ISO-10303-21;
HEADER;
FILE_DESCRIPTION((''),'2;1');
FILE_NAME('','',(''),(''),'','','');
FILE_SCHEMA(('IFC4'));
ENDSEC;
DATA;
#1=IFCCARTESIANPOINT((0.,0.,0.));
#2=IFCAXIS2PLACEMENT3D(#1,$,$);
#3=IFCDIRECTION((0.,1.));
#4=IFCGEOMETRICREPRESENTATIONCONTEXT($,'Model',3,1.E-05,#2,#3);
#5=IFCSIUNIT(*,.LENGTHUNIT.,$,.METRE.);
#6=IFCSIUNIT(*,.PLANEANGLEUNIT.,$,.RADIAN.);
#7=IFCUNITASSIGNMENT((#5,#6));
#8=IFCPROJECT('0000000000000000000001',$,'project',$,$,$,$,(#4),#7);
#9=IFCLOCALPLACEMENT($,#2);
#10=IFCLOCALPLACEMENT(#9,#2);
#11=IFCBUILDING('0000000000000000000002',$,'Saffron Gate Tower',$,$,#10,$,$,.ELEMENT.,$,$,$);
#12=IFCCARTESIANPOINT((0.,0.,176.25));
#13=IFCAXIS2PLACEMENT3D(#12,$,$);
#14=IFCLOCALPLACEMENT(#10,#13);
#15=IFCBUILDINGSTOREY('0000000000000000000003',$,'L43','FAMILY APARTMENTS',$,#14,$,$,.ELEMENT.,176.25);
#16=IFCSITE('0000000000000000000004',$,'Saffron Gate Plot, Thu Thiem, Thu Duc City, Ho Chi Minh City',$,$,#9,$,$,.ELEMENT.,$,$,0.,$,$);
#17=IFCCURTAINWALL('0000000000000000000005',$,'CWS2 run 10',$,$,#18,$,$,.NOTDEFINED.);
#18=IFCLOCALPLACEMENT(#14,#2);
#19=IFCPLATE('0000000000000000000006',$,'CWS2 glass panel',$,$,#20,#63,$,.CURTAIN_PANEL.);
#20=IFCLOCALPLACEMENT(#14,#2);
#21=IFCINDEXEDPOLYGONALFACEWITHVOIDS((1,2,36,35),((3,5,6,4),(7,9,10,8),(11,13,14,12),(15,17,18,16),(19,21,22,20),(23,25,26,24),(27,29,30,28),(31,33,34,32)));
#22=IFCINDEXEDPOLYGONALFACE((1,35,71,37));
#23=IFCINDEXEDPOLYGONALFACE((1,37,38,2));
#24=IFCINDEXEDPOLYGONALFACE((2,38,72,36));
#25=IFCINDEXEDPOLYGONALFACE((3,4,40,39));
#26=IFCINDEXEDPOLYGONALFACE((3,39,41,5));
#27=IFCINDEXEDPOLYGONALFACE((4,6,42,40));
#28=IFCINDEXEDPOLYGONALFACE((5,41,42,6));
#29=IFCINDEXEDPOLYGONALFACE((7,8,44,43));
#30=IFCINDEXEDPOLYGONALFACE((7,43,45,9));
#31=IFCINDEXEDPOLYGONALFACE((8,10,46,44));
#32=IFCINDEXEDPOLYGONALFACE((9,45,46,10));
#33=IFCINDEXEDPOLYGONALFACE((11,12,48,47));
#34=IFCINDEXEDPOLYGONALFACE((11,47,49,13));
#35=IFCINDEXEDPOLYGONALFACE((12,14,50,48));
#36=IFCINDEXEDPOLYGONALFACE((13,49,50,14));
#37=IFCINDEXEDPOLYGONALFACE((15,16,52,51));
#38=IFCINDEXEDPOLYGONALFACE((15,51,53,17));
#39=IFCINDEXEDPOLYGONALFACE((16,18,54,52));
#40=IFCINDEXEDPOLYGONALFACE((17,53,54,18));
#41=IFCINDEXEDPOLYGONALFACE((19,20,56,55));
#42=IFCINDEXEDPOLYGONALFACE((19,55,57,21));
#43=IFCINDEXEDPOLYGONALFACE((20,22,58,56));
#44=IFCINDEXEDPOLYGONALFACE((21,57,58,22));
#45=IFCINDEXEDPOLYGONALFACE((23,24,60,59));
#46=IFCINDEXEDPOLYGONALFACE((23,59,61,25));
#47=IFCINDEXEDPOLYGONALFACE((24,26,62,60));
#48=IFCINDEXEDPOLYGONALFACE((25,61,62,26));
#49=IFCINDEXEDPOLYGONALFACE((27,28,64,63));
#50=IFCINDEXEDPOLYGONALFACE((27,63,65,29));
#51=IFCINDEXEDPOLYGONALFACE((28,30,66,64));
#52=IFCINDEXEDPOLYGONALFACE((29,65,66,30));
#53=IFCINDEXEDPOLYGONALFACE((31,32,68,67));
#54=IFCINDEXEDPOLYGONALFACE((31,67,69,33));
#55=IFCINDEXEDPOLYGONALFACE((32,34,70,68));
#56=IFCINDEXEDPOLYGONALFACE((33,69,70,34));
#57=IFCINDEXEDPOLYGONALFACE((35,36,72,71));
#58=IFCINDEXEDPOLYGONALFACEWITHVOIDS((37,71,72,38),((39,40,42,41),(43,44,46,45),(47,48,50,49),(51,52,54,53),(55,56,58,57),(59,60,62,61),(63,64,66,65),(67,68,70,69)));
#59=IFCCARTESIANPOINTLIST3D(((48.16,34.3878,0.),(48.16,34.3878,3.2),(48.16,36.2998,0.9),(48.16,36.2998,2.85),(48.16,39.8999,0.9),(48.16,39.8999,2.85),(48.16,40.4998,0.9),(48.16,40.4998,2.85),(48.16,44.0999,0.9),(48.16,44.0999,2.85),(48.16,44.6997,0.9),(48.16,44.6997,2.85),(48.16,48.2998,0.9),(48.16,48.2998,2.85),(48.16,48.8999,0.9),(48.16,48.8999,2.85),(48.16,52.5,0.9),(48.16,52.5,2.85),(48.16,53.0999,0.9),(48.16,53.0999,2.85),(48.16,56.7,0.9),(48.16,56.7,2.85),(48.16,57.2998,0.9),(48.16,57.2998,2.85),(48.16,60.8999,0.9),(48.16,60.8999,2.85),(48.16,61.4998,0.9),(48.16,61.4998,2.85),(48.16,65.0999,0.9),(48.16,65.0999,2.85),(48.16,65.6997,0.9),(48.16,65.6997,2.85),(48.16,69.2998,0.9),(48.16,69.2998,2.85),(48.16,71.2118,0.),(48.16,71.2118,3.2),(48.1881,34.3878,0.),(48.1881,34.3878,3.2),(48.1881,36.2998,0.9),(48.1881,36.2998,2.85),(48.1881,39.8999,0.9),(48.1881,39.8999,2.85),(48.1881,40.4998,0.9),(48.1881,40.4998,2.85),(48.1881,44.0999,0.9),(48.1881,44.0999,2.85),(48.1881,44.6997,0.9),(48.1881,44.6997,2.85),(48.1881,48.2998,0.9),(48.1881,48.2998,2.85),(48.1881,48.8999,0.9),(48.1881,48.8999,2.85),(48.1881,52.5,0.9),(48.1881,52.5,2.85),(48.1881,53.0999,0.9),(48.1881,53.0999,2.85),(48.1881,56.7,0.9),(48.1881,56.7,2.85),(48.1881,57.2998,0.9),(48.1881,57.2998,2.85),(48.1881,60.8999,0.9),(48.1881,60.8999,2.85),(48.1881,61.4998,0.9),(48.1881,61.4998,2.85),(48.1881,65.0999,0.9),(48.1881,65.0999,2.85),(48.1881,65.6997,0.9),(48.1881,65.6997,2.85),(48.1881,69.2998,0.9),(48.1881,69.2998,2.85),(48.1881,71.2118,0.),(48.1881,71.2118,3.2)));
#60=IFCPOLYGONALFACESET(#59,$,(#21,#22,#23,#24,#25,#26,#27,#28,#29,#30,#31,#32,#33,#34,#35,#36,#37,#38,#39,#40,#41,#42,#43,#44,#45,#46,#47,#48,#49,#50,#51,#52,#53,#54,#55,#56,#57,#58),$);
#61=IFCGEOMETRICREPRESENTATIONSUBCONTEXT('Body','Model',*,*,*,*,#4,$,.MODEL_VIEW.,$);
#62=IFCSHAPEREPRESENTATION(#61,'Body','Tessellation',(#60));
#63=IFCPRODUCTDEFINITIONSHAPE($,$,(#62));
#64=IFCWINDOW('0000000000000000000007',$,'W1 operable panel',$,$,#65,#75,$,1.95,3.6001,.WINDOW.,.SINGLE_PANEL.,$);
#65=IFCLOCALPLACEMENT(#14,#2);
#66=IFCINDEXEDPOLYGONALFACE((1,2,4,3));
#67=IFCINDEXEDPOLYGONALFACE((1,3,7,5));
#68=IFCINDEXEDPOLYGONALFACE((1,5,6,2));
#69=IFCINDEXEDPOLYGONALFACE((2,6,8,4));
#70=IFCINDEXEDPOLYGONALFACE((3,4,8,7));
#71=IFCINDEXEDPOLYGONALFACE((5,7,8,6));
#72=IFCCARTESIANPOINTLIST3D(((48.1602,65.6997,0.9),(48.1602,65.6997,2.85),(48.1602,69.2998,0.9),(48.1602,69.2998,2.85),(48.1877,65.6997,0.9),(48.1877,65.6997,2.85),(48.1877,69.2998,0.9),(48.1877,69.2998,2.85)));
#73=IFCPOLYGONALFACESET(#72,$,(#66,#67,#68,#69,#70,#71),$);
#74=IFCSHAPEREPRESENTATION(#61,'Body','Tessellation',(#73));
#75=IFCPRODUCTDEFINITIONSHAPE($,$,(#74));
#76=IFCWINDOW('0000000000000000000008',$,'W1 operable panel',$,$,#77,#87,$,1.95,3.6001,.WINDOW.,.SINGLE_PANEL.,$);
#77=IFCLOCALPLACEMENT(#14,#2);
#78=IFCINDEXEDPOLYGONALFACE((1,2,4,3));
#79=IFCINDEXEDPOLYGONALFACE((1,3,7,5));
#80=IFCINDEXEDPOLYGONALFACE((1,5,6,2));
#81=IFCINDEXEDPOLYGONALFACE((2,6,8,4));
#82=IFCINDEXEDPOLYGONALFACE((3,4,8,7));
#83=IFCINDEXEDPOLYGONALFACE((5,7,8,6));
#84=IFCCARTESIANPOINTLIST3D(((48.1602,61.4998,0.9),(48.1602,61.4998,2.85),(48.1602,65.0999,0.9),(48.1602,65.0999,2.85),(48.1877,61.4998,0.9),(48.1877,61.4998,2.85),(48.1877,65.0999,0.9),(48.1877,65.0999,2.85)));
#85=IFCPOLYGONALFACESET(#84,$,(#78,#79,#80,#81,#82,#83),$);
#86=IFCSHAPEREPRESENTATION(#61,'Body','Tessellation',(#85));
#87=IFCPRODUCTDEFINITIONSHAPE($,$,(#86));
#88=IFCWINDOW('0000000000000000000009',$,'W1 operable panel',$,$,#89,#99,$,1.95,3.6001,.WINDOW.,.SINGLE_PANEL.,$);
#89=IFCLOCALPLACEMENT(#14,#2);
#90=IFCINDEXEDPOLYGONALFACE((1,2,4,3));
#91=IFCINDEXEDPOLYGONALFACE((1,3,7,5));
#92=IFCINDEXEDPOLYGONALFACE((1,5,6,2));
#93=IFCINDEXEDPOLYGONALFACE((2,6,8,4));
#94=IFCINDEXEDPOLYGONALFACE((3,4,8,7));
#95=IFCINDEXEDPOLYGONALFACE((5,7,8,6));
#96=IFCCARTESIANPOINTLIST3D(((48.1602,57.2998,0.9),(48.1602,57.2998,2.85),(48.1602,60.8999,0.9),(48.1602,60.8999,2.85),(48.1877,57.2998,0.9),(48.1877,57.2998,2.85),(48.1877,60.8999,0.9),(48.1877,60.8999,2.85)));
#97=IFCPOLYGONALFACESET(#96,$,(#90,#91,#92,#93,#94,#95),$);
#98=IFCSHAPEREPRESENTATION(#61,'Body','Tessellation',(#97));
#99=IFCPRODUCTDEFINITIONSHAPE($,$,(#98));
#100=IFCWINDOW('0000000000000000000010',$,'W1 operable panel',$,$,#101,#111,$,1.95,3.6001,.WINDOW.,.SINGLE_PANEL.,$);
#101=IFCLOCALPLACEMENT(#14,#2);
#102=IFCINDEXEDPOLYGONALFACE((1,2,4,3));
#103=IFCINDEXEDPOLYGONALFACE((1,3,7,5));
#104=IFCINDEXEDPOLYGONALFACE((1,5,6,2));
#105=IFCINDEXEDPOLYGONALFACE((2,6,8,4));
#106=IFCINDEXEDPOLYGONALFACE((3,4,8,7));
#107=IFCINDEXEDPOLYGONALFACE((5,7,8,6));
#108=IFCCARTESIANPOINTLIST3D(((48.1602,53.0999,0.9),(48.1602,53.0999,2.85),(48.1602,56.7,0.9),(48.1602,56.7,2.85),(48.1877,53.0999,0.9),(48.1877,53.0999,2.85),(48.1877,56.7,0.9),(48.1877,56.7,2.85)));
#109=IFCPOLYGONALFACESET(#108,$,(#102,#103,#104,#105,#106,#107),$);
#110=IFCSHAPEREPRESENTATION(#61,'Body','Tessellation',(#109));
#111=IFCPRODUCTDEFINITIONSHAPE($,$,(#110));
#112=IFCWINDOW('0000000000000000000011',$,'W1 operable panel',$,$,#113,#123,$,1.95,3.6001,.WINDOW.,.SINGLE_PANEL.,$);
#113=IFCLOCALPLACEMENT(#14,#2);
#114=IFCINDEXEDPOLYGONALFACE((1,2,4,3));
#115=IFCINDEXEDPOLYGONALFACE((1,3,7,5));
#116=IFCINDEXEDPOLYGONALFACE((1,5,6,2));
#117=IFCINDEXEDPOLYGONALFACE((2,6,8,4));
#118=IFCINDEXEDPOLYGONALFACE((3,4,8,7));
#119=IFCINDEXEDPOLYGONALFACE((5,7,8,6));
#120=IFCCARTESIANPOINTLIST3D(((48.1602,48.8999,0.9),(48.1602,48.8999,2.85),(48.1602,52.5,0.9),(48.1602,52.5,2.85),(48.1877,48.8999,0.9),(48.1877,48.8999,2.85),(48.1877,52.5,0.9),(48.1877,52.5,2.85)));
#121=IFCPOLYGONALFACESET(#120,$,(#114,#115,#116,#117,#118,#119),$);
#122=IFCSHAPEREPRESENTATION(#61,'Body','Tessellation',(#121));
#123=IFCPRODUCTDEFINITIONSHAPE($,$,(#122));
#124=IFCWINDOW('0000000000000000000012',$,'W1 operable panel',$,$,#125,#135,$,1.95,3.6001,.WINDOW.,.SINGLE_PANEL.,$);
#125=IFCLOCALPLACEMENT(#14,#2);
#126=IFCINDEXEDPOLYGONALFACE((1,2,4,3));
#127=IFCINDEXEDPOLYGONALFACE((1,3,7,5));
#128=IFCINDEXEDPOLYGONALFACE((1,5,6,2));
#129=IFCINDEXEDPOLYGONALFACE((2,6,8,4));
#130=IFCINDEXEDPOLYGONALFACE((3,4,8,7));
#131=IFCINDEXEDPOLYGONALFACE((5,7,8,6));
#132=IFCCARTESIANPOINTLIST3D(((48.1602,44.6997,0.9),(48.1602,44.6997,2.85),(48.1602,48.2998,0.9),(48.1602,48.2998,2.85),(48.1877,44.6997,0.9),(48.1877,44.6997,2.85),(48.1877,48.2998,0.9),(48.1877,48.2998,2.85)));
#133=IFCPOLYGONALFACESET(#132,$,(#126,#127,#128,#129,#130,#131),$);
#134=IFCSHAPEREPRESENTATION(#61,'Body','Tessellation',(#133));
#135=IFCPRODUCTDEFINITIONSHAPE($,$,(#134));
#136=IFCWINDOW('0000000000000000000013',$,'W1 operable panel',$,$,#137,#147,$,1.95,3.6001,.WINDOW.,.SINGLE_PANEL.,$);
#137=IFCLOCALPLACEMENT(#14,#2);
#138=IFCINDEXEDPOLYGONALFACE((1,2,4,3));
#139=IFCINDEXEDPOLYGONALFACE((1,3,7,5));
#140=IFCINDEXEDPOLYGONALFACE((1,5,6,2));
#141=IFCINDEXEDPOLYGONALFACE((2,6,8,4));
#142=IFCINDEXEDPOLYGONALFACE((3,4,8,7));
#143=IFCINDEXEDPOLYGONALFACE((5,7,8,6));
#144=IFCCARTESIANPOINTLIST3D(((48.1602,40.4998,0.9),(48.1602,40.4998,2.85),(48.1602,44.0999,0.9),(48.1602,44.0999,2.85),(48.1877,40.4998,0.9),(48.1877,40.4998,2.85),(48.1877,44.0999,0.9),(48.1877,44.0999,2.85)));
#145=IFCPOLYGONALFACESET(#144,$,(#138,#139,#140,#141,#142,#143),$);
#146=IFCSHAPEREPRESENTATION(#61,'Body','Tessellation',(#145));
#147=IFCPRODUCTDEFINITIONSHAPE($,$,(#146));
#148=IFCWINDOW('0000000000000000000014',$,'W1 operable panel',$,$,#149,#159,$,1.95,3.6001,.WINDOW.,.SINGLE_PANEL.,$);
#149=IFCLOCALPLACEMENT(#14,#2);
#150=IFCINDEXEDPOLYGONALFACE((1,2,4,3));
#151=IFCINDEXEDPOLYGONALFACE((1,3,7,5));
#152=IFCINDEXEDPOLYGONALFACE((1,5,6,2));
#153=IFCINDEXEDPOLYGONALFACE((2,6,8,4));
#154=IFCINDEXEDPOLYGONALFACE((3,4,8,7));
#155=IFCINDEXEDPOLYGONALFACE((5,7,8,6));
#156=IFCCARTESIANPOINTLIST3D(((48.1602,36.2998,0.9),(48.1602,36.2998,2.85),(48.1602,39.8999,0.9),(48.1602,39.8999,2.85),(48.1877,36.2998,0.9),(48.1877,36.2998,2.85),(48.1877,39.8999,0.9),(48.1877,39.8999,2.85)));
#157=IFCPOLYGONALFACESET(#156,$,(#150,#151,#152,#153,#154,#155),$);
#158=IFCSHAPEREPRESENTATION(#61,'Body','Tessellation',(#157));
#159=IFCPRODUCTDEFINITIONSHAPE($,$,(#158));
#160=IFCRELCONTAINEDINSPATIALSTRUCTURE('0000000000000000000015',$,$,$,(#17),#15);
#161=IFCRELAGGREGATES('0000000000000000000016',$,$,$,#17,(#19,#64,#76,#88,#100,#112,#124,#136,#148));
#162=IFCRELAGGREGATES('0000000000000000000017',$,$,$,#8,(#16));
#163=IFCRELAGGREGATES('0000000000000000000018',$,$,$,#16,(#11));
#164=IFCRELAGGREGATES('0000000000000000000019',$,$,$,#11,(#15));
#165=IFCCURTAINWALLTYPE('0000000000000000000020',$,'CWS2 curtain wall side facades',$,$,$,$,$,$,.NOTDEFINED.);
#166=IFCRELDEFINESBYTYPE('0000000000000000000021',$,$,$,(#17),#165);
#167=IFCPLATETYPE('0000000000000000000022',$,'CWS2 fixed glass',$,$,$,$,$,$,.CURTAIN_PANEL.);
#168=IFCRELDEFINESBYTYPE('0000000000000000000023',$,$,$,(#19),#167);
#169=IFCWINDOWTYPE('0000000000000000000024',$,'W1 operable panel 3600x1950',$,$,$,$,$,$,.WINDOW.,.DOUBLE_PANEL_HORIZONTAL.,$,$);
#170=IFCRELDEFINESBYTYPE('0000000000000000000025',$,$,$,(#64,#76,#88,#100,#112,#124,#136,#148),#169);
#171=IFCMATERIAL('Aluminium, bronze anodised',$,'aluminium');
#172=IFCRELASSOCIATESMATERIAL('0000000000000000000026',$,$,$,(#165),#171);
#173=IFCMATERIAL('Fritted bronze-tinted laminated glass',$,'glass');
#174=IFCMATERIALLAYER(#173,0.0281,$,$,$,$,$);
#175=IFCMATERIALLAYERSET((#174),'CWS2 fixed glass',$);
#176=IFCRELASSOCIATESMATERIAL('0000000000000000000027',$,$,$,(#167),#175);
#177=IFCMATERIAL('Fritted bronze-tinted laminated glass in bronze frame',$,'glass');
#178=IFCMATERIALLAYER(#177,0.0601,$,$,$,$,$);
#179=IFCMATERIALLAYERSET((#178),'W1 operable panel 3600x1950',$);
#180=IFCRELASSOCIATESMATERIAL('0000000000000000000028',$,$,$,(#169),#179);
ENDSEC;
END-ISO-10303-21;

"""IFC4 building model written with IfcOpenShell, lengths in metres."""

from ifc_helpers import new_model, si_unit, direction, frame, frame_2d, origin, place, context, subcontext, project, spatial, rectangle, extrude, material, layer, layer_set, type_object, element, fill, aggregate, save


model = new_model("IFC4")

# Units and contexts
model_context = context("Model", 3, precision=1e-05, world=origin(), true_north=direction((0.0, 1.0)))
body_context = subcontext(model_context, "Body", "Model", "MODEL_VIEW")
ifc_project = project(units=[si_unit("LENGTHUNIT", "METRE"), si_unit("PLANEANGLEUNIT", "RADIAN")], contexts=[model_context])

# Site, building, storey
site_placement = place(None, origin())
site = spatial("IfcSite", under=ifc_project, at=site_placement, Name="Saffron Gate Plot, Thu Thiem, Thu Duc City, Ho Chi Minh City", CompositionType="ELEMENT", RefElevation=0.0)
building_placement = place(site_placement, origin())
building = spatial("IfcBuilding", under=site, at=building_placement, Name="Saffron Gate Tower", CompositionType="ELEMENT")
storey_placement = place(building_placement, frame((0.0, 0.0, 176.25)))
storey = spatial("IfcBuildingStorey", under=building, at=storey_placement, Name="L43", Description="FAMILY APARTMENTS", CompositionType="ELEMENT", Elevation=176.25)

# Curtain wall
ifc_material_1 = material(Name="Aluminium, bronze anodised", Category="aluminium")
curtain_wall_type_1 = type_object("IfcCurtainWallType", Name="CWS2 curtain wall side facades", PredefinedType="NOTDEFINED", material=ifc_material_1)
curtain_wall_1_placement = place(storey_placement, origin())
curtain_wall_1 = element("IfcCurtainWall", 1, at=curtain_wall_1_placement, inside=storey, type_object=curtain_wall_type_1, Name="CWS2 run 10", PredefinedType="NOTDEFINED")

# Plate, openings, windows
ifc_material_2 = material(Name="Fritted bronze-tinted laminated glass", Category="glass")
ifc_layer_1 = layer(ifc_material_2, 0.0281)
ifc_layer_set_1 = layer_set([ifc_layer_1], Name="CWS2 fixed glass")
plate_type = type_object("IfcPlateType", Name="CWS2 fixed glass", PredefinedType="CURTAIN_PANEL", material=ifc_layer_set_1)
plate_placement = place(storey_placement, frame((48.1741, 71.2119, 0.0), z_axis=(0.0, 0.0, 1.0), x_axis=(0.0, -1.0, 0.0)))
plate = element("IfcPlate", 2, at=plate_placement, type_object=plate_type, Name="CWS2 glass panel", PredefinedType="CURTAIN_PANEL", context=body_context, shape_type="SweptSolid", body=[
    extrude(rectangle(XDim=36.824, YDim=0.0281, at=frame_2d((18.4121, 0.0))), origin(), (0.0, 0.0, 1.0), 3.2),
])
opening_1_placement = place(plate_placement, frame((1.9121, 0.0, 0.8999)))
opening_1 = element("IfcOpeningElement", 3, at=opening_1_placement, cuts=plate, PredefinedType="OPENING", context=body_context, shape_type="SweptSolid", body=[
    extrude(rectangle(XDim=3.6001, YDim=1.95, at=frame_2d((1.8, 0.9751))), frame((0.0, 0.0239, 0.0), z_axis=(0.0, -1.0, 0.0), x_axis=(1.0, 0.0, 0.0)), (0.0, 0.0, 1.0), 0.0481),
])
opening_2_placement = place(plate_placement, frame((6.1121, 0.0, 0.8999)))
opening_2 = element("IfcOpeningElement", 4, at=opening_2_placement, cuts=plate, PredefinedType="OPENING", context=body_context, shape_type="SweptSolid", body=[
    extrude(rectangle(XDim=3.6001, YDim=1.95, at=frame_2d((1.8, 0.9751))), frame((0.0, 0.0239, 0.0), z_axis=(0.0, -1.0, 0.0), x_axis=(1.0, 0.0, 0.0)), (0.0, 0.0, 1.0), 0.0481),
])
opening_3_placement = place(plate_placement, frame((10.312, 0.0, 0.8999)))
opening_3 = element("IfcOpeningElement", 5, at=opening_3_placement, cuts=plate, PredefinedType="OPENING", context=body_context, shape_type="SweptSolid", body=[
    extrude(rectangle(XDim=3.6001, YDim=1.95, at=frame_2d((1.8, 0.9751))), frame((0.0, 0.0239, 0.0), z_axis=(0.0, -1.0, 0.0), x_axis=(1.0, 0.0, 0.0)), (0.0, 0.0, 1.0), 0.0481),
])
opening_4_placement = place(plate_placement, frame((14.512, 0.0, 0.8999)))
opening_4 = element("IfcOpeningElement", 6, at=opening_4_placement, cuts=plate, PredefinedType="OPENING", context=body_context, shape_type="SweptSolid", body=[
    extrude(rectangle(XDim=3.6001, YDim=1.95, at=frame_2d((1.8, 0.9751))), frame((0.0, 0.0239, 0.0), z_axis=(0.0, -1.0, 0.0), x_axis=(1.0, 0.0, 0.0)), (0.0, 0.0, 1.0), 0.0481),
])
opening_5_placement = place(plate_placement, frame((18.7119, 0.0, 0.8999)))
opening_5 = element("IfcOpeningElement", 7, at=opening_5_placement, cuts=plate, PredefinedType="OPENING", context=body_context, shape_type="SweptSolid", body=[
    extrude(rectangle(XDim=3.6001, YDim=1.95, at=frame_2d((1.8, 0.9751))), frame((0.0, 0.0239, 0.0), z_axis=(0.0, -1.0, 0.0), x_axis=(1.0, 0.0, 0.0)), (0.0, 0.0, 1.0), 0.0481),
])
opening_6_placement = place(plate_placement, frame((22.9121, 0.0, 0.8999)))
opening_6 = element("IfcOpeningElement", 8, at=opening_6_placement, cuts=plate, PredefinedType="OPENING", context=body_context, shape_type="SweptSolid", body=[
    extrude(rectangle(XDim=3.6001, YDim=1.95, at=frame_2d((1.8, 0.9751))), frame((0.0, 0.0239, 0.0), z_axis=(0.0, -1.0, 0.0), x_axis=(1.0, 0.0, 0.0)), (0.0, 0.0, 1.0), 0.0481),
])
opening_7_placement = place(plate_placement, frame((27.1121, 0.0, 0.8999)))
opening_7 = element("IfcOpeningElement", 9, at=opening_7_placement, cuts=plate, PredefinedType="OPENING", context=body_context, shape_type="SweptSolid", body=[
    extrude(rectangle(XDim=3.6001, YDim=1.95, at=frame_2d((1.8, 0.9751))), frame((0.0, 0.0239, 0.0), z_axis=(0.0, -1.0, 0.0), x_axis=(1.0, 0.0, 0.0)), (0.0, 0.0, 1.0), 0.0481),
])
opening_8_placement = place(plate_placement, frame((31.312, 0.0, 0.8999)))
opening_8 = element("IfcOpeningElement", 10, at=opening_8_placement, cuts=plate, PredefinedType="OPENING", context=body_context, shape_type="SweptSolid", body=[
    extrude(rectangle(XDim=3.6001, YDim=1.95, at=frame_2d((1.8, 0.9751))), frame((0.0, 0.0239, 0.0), z_axis=(0.0, -1.0, 0.0), x_axis=(1.0, 0.0, 0.0)), (0.0, 0.0, 1.0), 0.0481),
])
ifc_material_3 = material(Name="Fritted bronze-tinted laminated glass in bronze frame", Category="glass")
ifc_layer_2 = layer(ifc_material_3, 0.0601)
ifc_layer_set_2 = layer_set([ifc_layer_2], Name="W1 operable panel 3600x1950")
window_type = type_object("IfcWindowType", Name="W1 operable panel 3600x1950", PartitioningType="DOUBLE_PANEL_HORIZONTAL", PredefinedType="WINDOW", material=ifc_layer_set_2)
window_1_placement = place(opening_1_placement, origin())
window_1 = element("IfcWindow", 11, at=window_1_placement, type_object=window_type, Name="W1 operable panel", OverallHeight=1.95, OverallWidth=3.6001, PartitioningType="SINGLE_PANEL", PredefinedType="WINDOW", context=body_context, shape_type="SweptSolid", body=[
    extrude(rectangle(XDim=3.6001, YDim=1.95, at=frame_2d((1.8, 0.9751))), frame((0.0, 0.0137, 0.0), z_axis=(0.0, -1.0, 0.0), x_axis=(1.0, 0.0, 0.0)), (0.0, 0.0, 1.0), 0.0276),
])
fill(opening_1, window_1)
window_2_placement = place(opening_2_placement, origin())
window_2 = element("IfcWindow", 12, at=window_2_placement, type_object=window_type, Name="W1 operable panel", OverallHeight=1.95, OverallWidth=3.6001, PartitioningType="SINGLE_PANEL", PredefinedType="WINDOW", context=body_context, shape_type="SweptSolid", body=[
    extrude(rectangle(XDim=3.6001, YDim=1.95, at=frame_2d((1.8, 0.9751))), frame((0.0, 0.0137, 0.0), z_axis=(0.0, -1.0, 0.0), x_axis=(1.0, 0.0, 0.0)), (0.0, 0.0, 1.0), 0.0276),
])
fill(opening_2, window_2)
window_3_placement = place(opening_3_placement, origin())
window_3 = element("IfcWindow", 13, at=window_3_placement, type_object=window_type, Name="W1 operable panel", OverallHeight=1.95, OverallWidth=3.6001, PartitioningType="SINGLE_PANEL", PredefinedType="WINDOW", context=body_context, shape_type="SweptSolid", body=[
    extrude(rectangle(XDim=3.6001, YDim=1.95, at=frame_2d((1.8, 0.9751))), frame((0.0, 0.0137, 0.0), z_axis=(0.0, -1.0, 0.0), x_axis=(1.0, 0.0, 0.0)), (0.0, 0.0, 1.0), 0.0276),
])
fill(opening_3, window_3)
window_4_placement = place(opening_4_placement, origin())
window_4 = element("IfcWindow", 14, at=window_4_placement, type_object=window_type, Name="W1 operable panel", OverallHeight=1.95, OverallWidth=3.6001, PartitioningType="SINGLE_PANEL", PredefinedType="WINDOW", context=body_context, shape_type="SweptSolid", body=[
    extrude(rectangle(XDim=3.6001, YDim=1.95, at=frame_2d((1.8, 0.9751))), frame((0.0, 0.0137, 0.0), z_axis=(0.0, -1.0, 0.0), x_axis=(1.0, 0.0, 0.0)), (0.0, 0.0, 1.0), 0.0276),
])
fill(opening_4, window_4)
window_5_placement = place(opening_5_placement, origin())
window_5 = element("IfcWindow", 15, at=window_5_placement, type_object=window_type, Name="W1 operable panel", OverallHeight=1.95, OverallWidth=3.6001, PartitioningType="SINGLE_PANEL", PredefinedType="WINDOW", context=body_context, shape_type="SweptSolid", body=[
    extrude(rectangle(XDim=3.6001, YDim=1.95, at=frame_2d((1.8, 0.9751))), frame((0.0, 0.0137, 0.0), z_axis=(0.0, -1.0, 0.0), x_axis=(1.0, 0.0, 0.0)), (0.0, 0.0, 1.0), 0.0276),
])
fill(opening_5, window_5)
window_6_placement = place(opening_6_placement, origin())
window_6 = element("IfcWindow", 16, at=window_6_placement, type_object=window_type, Name="W1 operable panel", OverallHeight=1.95, OverallWidth=3.6001, PartitioningType="SINGLE_PANEL", PredefinedType="WINDOW", context=body_context, shape_type="SweptSolid", body=[
    extrude(rectangle(XDim=3.6001, YDim=1.95, at=frame_2d((1.8, 0.9751))), frame((0.0, 0.0137, 0.0), z_axis=(0.0, -1.0, 0.0), x_axis=(1.0, 0.0, 0.0)), (0.0, 0.0, 1.0), 0.0276),
])
fill(opening_6, window_6)
window_7_placement = place(opening_7_placement, origin())
window_7 = element("IfcWindow", 17, at=window_7_placement, type_object=window_type, Name="W1 operable panel", OverallHeight=1.95, OverallWidth=3.6001, PartitioningType="SINGLE_PANEL", PredefinedType="WINDOW", context=body_context, shape_type="SweptSolid", body=[
    extrude(rectangle(XDim=3.6001, YDim=1.95, at=frame_2d((1.8, 0.9751))), frame((0.0, 0.0137, 0.0), z_axis=(0.0, -1.0, 0.0), x_axis=(1.0, 0.0, 0.0)), (0.0, 0.0, 1.0), 0.0276),
])
fill(opening_7, window_7)
window_8_placement = place(opening_8_placement, origin())
window_8 = element("IfcWindow", 18, at=window_8_placement, type_object=window_type, Name="W1 operable panel", OverallHeight=1.95, OverallWidth=3.6001, PartitioningType="SINGLE_PANEL", PredefinedType="WINDOW", context=body_context, shape_type="SweptSolid", body=[
    extrude(rectangle(XDim=3.6001, YDim=1.95, at=frame_2d((1.8, 0.9751))), frame((0.0, 0.0137, 0.0), z_axis=(0.0, -1.0, 0.0), x_axis=(1.0, 0.0, 0.0)), (0.0, 0.0, 1.0), 0.0276),
])
fill(opening_8, window_8)
aggregate(curtain_wall_1, [plate, window_1, window_2, window_3, window_4, window_5, window_6, window_7, window_8])

save(model, "model.ifc")
